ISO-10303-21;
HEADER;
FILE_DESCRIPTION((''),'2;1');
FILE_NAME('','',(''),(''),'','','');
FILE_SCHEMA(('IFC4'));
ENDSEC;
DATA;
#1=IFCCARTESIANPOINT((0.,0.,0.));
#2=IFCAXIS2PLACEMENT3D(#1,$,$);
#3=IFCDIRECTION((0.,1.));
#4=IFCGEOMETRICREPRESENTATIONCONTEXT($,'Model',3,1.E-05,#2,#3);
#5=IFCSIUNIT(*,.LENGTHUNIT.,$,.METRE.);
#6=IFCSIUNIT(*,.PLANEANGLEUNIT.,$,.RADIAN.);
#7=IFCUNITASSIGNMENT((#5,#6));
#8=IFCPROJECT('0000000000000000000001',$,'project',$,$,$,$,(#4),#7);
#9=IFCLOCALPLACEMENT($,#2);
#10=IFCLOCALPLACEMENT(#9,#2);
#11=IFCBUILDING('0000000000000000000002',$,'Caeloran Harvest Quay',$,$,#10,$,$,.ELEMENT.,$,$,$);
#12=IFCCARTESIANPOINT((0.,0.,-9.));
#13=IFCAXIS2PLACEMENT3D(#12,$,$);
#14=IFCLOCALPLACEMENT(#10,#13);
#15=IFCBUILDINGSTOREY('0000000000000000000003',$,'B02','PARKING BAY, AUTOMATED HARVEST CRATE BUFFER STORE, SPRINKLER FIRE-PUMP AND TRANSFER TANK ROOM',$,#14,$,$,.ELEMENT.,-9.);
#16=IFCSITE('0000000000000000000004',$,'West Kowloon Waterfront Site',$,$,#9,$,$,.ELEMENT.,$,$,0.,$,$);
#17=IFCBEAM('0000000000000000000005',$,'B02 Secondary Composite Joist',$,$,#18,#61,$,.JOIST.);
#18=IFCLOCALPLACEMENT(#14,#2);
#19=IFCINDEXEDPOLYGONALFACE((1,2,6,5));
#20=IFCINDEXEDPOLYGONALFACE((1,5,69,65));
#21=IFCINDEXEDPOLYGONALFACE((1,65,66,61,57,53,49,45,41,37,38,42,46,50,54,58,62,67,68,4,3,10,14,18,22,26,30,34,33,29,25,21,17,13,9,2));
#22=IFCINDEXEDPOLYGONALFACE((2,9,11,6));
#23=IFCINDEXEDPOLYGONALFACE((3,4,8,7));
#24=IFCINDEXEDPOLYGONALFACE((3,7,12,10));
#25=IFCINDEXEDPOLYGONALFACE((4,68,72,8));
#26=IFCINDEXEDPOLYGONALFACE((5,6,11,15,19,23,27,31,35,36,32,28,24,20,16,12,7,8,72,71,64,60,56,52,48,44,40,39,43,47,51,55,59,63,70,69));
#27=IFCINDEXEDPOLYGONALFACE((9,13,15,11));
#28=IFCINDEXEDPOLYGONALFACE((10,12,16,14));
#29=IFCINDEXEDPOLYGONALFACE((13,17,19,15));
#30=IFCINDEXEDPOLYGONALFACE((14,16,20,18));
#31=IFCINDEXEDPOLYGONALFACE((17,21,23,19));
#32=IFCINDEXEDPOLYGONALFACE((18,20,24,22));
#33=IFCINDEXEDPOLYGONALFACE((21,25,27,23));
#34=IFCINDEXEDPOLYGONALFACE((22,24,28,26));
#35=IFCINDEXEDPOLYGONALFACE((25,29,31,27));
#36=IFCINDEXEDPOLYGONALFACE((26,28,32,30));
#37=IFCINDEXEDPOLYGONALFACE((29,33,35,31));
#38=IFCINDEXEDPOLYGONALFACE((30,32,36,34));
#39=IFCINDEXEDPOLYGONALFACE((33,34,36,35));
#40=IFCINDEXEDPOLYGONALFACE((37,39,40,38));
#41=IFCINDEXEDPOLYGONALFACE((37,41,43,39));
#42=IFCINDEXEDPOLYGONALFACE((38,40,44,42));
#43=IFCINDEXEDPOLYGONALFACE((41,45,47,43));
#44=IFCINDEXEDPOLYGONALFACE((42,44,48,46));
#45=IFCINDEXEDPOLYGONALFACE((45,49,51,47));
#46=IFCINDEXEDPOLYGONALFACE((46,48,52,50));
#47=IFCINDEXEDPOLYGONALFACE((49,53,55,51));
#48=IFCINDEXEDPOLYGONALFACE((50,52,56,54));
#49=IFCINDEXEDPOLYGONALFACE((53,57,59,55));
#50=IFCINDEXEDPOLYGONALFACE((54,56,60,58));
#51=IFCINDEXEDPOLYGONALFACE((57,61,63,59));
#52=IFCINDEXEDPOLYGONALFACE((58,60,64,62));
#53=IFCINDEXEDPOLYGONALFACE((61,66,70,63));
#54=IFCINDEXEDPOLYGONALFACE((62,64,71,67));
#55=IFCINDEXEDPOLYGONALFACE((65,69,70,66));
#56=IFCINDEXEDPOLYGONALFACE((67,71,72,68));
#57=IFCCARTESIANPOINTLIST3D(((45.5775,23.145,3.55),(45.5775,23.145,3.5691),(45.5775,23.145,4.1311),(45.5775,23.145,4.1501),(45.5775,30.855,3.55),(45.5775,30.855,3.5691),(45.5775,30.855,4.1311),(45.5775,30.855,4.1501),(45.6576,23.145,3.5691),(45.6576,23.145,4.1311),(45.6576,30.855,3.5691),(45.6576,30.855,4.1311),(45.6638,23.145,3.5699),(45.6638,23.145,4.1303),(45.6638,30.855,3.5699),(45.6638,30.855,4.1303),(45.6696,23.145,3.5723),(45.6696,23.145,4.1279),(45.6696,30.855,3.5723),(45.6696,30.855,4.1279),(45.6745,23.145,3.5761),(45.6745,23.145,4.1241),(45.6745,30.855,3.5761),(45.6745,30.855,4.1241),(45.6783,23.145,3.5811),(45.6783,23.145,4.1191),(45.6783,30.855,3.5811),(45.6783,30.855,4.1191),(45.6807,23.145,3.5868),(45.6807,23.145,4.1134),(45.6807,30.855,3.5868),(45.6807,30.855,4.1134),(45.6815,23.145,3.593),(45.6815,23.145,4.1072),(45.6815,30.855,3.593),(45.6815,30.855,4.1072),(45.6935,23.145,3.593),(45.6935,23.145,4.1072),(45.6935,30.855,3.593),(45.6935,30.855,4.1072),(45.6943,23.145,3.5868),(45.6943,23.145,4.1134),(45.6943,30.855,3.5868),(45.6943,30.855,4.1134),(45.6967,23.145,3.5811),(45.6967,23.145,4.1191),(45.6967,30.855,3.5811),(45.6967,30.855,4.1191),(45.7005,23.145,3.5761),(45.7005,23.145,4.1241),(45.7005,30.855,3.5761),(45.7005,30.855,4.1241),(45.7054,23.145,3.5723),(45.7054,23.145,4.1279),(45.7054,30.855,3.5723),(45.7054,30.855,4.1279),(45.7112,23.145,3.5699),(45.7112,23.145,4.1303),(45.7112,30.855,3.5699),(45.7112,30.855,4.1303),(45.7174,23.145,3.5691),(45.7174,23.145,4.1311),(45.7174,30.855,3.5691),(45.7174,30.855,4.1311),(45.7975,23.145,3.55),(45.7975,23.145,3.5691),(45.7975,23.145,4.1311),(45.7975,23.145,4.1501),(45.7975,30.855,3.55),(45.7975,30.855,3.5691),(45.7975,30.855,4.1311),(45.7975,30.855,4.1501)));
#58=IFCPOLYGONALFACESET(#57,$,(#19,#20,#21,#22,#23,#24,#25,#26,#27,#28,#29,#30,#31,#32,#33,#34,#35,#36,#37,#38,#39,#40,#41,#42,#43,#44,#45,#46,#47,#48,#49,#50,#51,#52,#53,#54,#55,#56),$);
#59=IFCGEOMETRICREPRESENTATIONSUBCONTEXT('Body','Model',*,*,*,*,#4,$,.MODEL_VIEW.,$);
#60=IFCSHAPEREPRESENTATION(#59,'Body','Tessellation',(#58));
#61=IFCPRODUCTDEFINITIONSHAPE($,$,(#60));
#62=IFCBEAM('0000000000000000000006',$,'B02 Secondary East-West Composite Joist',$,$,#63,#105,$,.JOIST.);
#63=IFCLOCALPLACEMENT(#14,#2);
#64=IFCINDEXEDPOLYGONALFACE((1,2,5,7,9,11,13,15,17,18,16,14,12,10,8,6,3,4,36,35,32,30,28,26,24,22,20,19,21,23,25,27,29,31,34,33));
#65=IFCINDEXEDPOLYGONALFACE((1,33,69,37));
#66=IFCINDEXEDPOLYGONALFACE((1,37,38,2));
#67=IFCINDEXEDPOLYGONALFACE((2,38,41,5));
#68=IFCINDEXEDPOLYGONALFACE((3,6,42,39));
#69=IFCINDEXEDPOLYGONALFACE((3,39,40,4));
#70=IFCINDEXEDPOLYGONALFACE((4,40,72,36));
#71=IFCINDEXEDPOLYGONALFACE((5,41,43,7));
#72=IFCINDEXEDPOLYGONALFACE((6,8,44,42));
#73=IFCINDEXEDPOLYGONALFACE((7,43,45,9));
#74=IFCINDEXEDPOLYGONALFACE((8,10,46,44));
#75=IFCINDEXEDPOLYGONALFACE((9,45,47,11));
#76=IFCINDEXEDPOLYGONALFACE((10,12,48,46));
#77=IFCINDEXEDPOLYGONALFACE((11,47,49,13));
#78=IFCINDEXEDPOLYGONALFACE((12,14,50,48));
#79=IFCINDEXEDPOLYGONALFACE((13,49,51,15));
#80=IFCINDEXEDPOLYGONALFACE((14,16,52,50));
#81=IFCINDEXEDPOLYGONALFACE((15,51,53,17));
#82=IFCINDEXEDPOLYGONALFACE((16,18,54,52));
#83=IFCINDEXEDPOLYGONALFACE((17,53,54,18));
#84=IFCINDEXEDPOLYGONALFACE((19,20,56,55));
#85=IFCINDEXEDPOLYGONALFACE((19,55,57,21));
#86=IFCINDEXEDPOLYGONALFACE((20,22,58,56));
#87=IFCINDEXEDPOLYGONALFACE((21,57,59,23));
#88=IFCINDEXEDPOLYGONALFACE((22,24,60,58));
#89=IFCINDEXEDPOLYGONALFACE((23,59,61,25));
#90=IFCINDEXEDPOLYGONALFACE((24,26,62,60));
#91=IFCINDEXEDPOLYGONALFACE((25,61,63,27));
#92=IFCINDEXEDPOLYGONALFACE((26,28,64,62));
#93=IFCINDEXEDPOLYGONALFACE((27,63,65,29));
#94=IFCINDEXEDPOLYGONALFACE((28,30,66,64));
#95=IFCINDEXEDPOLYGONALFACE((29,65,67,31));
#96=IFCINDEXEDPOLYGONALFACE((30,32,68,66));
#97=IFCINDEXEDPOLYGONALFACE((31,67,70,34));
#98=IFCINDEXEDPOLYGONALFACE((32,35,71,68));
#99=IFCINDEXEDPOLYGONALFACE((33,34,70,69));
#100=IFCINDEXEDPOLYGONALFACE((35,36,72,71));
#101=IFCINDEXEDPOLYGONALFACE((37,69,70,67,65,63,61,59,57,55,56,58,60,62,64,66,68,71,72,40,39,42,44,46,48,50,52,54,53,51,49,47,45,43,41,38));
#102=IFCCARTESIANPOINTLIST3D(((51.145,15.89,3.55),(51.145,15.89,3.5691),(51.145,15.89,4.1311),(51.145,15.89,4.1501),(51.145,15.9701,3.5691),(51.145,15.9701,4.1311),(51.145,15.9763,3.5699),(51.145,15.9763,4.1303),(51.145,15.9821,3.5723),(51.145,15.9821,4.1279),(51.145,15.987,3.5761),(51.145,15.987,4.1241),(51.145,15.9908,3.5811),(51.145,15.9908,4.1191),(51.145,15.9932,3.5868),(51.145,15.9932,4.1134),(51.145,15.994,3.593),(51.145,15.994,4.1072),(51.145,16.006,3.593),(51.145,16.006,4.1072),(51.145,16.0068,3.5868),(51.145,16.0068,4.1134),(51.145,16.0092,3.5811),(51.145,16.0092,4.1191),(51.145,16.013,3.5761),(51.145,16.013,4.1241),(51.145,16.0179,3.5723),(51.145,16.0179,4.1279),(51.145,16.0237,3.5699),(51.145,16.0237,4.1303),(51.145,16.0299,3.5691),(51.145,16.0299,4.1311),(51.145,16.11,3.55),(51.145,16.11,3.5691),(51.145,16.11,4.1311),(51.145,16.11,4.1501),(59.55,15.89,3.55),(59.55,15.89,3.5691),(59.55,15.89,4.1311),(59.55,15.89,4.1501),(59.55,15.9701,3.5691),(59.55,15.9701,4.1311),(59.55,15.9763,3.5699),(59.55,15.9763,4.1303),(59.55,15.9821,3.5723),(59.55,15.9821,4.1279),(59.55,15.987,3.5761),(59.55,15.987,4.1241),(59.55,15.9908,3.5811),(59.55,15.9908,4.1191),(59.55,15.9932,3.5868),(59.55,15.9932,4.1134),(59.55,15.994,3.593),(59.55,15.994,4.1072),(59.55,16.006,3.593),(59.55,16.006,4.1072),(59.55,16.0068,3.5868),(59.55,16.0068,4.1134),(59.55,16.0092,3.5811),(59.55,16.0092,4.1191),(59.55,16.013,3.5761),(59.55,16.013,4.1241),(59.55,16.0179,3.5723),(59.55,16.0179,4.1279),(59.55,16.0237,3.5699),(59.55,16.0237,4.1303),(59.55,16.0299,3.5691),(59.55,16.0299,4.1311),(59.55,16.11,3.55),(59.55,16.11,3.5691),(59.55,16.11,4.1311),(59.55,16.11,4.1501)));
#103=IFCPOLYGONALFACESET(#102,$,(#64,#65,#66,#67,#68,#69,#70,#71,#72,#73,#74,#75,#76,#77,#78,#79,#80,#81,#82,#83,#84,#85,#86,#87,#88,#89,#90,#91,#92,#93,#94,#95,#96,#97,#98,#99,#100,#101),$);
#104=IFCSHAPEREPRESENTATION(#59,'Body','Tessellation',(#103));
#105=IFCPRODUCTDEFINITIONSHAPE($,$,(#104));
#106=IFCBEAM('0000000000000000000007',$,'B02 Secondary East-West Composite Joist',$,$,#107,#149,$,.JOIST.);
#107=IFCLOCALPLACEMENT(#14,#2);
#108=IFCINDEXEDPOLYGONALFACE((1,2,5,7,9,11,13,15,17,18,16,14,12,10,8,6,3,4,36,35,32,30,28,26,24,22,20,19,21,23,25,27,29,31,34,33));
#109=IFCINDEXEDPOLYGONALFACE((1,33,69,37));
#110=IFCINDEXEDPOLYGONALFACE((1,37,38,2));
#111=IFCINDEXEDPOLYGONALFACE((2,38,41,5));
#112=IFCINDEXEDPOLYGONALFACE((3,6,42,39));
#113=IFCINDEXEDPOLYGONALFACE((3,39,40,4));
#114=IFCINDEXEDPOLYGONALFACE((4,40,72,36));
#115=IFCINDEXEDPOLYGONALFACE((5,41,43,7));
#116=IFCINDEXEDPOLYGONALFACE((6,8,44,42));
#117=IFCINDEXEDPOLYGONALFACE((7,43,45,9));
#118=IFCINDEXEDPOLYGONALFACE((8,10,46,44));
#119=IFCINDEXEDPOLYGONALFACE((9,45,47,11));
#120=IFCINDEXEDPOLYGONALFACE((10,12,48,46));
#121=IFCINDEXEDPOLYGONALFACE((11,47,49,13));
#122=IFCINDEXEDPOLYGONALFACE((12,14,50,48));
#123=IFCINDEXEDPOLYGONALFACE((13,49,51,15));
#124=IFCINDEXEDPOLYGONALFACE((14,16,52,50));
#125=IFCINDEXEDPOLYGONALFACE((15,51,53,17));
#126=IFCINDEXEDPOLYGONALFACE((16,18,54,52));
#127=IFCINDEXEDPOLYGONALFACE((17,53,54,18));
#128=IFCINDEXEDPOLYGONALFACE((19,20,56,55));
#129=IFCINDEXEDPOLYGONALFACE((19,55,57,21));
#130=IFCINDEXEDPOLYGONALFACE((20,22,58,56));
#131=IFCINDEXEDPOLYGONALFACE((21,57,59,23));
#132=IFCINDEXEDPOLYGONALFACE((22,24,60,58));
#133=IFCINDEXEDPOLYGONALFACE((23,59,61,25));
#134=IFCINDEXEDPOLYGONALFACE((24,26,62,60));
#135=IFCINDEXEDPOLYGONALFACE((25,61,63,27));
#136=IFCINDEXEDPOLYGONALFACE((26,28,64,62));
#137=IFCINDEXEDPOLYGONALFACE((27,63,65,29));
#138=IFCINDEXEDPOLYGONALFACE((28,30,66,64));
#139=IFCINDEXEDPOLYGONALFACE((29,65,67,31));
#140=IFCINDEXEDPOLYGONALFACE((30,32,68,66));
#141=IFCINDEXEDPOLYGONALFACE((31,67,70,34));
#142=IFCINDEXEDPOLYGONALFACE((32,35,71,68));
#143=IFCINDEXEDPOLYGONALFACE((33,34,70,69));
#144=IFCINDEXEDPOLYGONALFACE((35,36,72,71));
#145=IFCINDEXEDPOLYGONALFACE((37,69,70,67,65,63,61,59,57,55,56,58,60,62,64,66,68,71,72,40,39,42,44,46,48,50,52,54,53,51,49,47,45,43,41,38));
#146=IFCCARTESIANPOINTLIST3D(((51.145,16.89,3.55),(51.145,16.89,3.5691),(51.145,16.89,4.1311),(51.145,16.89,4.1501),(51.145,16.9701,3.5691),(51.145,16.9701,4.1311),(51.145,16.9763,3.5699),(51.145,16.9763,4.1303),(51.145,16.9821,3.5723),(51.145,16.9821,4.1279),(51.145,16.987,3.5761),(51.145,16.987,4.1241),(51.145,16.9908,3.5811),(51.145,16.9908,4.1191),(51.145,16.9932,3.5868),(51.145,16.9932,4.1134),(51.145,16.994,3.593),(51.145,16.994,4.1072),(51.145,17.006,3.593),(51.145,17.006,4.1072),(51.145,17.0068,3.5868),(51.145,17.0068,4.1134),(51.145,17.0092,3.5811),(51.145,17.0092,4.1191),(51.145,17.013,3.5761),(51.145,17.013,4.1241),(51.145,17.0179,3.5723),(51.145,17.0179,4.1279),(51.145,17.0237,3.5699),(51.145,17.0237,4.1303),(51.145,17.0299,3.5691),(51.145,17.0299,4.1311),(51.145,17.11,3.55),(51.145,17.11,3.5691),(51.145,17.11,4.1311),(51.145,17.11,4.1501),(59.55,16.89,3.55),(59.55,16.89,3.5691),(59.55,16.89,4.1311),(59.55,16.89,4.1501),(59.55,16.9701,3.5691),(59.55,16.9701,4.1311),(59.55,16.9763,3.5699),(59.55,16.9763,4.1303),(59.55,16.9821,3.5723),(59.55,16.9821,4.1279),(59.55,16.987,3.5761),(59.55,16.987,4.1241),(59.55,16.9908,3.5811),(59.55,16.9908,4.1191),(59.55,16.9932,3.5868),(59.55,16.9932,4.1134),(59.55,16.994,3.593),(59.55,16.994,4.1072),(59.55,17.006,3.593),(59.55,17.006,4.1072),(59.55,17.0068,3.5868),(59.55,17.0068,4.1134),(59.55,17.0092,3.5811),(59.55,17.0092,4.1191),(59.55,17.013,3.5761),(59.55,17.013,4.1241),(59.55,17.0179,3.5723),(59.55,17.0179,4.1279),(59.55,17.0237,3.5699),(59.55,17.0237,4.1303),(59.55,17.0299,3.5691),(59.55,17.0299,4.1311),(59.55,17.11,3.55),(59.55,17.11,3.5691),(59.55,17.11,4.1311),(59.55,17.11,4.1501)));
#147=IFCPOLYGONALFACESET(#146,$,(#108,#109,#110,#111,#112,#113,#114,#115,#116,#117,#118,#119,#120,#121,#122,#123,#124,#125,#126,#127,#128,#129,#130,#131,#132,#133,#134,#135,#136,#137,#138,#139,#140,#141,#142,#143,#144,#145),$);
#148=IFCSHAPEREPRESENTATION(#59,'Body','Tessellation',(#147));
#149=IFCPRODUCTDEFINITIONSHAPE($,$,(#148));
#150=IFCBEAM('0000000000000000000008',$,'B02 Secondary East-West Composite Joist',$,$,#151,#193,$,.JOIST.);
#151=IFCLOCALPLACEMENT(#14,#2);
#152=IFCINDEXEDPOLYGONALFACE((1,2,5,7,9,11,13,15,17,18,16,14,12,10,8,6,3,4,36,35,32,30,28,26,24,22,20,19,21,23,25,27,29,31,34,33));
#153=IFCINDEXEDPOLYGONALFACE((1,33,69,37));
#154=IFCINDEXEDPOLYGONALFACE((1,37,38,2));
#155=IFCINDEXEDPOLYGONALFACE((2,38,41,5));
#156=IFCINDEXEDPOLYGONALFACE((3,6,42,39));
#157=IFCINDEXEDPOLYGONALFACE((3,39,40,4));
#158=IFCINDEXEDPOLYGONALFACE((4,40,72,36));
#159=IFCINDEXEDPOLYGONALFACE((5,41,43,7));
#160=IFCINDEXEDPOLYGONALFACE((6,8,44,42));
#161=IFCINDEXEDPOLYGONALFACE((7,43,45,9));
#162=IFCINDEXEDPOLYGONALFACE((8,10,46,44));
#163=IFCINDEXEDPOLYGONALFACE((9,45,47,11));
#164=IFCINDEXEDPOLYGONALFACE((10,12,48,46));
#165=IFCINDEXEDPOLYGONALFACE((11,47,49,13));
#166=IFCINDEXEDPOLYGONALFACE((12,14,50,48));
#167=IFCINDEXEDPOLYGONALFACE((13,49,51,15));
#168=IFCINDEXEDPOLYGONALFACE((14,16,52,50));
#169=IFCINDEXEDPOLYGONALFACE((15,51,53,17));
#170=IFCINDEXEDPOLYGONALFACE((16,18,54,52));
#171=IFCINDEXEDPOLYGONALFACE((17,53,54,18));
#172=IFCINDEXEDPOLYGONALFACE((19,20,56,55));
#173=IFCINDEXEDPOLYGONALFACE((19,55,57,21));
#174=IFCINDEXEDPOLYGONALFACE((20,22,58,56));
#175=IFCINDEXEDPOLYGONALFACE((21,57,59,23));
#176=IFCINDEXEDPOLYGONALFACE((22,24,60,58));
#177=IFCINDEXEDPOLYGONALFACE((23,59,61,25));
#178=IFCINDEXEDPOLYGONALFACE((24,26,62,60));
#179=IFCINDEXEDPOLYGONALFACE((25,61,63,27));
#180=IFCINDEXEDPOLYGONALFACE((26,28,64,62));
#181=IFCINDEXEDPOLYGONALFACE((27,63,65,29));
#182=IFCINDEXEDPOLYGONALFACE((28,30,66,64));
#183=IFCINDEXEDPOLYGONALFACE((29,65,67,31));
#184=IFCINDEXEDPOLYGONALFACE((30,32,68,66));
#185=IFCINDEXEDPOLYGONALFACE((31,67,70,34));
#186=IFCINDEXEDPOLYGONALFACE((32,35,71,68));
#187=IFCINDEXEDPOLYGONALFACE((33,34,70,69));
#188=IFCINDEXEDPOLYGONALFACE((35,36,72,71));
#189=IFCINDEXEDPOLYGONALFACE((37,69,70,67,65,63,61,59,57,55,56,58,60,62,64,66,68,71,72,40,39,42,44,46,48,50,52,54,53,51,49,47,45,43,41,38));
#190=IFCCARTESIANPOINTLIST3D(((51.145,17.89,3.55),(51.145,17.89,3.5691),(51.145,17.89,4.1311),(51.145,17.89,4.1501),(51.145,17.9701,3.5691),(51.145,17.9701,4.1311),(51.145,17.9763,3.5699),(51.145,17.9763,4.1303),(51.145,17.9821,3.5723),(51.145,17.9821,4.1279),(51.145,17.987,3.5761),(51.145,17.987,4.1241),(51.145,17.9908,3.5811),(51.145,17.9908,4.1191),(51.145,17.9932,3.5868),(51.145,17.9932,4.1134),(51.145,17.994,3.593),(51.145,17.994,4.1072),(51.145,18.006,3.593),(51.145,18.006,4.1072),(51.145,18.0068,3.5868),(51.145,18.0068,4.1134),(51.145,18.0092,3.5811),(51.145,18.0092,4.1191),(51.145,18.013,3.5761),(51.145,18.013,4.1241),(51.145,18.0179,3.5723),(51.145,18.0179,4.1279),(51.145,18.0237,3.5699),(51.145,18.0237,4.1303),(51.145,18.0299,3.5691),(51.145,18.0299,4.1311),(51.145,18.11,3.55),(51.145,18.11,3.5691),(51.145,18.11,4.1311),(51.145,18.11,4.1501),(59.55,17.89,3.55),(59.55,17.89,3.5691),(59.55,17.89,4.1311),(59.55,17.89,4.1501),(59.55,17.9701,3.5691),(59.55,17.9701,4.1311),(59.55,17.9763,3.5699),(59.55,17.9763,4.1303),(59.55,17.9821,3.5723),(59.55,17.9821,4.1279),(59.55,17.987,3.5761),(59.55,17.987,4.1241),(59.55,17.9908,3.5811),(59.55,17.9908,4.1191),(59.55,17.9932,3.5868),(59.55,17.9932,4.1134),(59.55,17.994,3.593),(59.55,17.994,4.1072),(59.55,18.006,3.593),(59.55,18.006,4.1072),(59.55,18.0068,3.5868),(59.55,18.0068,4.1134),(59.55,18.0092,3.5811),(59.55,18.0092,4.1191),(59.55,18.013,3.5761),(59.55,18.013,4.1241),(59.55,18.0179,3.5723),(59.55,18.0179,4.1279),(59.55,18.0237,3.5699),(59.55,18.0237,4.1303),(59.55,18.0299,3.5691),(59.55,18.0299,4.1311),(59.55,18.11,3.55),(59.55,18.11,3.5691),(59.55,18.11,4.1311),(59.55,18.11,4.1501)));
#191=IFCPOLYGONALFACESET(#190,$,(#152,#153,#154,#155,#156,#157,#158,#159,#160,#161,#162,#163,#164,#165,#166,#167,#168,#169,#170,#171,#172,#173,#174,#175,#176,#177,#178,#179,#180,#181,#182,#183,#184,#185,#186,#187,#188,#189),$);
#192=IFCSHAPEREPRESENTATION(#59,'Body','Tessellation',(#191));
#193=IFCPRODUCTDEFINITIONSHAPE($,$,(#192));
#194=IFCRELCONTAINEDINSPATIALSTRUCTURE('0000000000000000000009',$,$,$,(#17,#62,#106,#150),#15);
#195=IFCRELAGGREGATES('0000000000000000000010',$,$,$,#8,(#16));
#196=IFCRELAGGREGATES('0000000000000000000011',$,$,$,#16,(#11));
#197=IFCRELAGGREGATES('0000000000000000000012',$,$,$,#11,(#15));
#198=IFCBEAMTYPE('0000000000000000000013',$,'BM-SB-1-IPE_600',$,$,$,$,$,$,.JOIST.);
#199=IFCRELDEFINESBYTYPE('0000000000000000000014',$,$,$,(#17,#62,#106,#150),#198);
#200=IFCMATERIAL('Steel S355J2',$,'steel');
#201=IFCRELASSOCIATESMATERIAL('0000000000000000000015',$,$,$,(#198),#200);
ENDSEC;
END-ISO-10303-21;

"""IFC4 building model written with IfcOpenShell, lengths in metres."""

from ifc_helpers import new_model, si_unit, direction, frame, origin, origin_2d, place, context, subcontext, project, spatial, i_section, extrude, material, material_profile, profile_set, type_object, element, save


model = new_model("IFC4")

# Units and contexts
model_context = context("Model", 3, precision=1e-05, world=origin(), true_north=direction((0.0, 1.0)))
body_context = subcontext(model_context, "Body", "Model", "MODEL_VIEW")
ifc_project = project(units=[si_unit("LENGTHUNIT", "METRE"), si_unit("PLANEANGLEUNIT", "RADIAN")], contexts=[model_context])

# Site, building, storey
site_placement = place(None, origin())
site = spatial("IfcSite", under=ifc_project, at=site_placement, Name="West Kowloon Waterfront Site", CompositionType="ELEMENT", RefElevation=0.0)
building_placement = place(site_placement, origin())
building = spatial("IfcBuilding", under=site, at=building_placement, Name="Caeloran Harvest Quay", CompositionType="ELEMENT")
storey_placement = place(building_placement, frame((0.0, 0.0, -9.0)))
storey = spatial("IfcBuildingStorey", under=building, at=storey_placement, Name="B02", Description="PARKING BAY, AUTOMATED HARVEST CRATE BUFFER STORE, SPRINKLER FIRE-PUMP AND TRANSFER TANK ROOM", CompositionType="ELEMENT", Elevation=-9.0)

# Beams
ifc_material_1 = material(Name="Steel S355J2", Category="steel")
ifc_material_profile_1 = material_profile(ifc_material_1, i_section(OverallWidth=0.22, OverallDepth=0.6001, WebThickness=0.012, FlangeThickness=0.019, FilletRadius=0.0239, at=origin_2d()), Name="IPE 600")
ifc_profile_set_1 = profile_set([ifc_material_profile_1], Name="Steel S355J2")
beam_type_1 = type_object("IfcBeamType", Name="BM-SB-1-IPE_600", PredefinedType="JOIST", material=ifc_profile_set_1)
beam_1_placement = place(storey_placement, frame((45.6875, 23.145, 3.8501), z_axis=(0.0, 1.0, 0.0), x_axis=(-1.0, 0.0, 0.0)))
element("IfcBeam", 1, at=beam_1_placement, inside=storey, type_object=beam_type_1, Name="B02 Secondary Composite Joist", PredefinedType="JOIST", context=body_context, shape_type="SweptSolid", body=[
    extrude(i_section(OverallWidth=0.22, OverallDepth=0.6001, WebThickness=0.012, FlangeThickness=0.019, FilletRadius=0.0239, at=origin_2d()), origin(), (0.0, 0.0, 1.0), 7.71),
])
for number, where, z_axis, x_axis, name in (
    (2, (51.145, 16.0, 3.8501), (1.0, 0.0, 0.0), (0.0, 1.0, 0.0), "B02 Secondary East-West Composite Joist"),
    (3, (51.145, 17.0, 3.8501), (1.0, 0.0, 0.0), (0.0, 1.0, 0.0), "B02 Secondary East-West Composite Joist"),
    (4, (51.145, 18.0, 3.8501), (1.0, 0.0, 0.0), (0.0, 1.0, 0.0), "B02 Secondary East-West Composite Joist"),
):
    element("IfcBeam", number, at=place(storey_placement, frame(where, z_axis=z_axis, x_axis=x_axis)), inside=storey, type_object=beam_type_1, Name=name, PredefinedType="JOIST", context=body_context, shape_type="SweptSolid", body=[
        extrude(i_section(OverallWidth=0.22, OverallDepth=0.6001, WebThickness=0.012, FlangeThickness=0.019, FilletRadius=0.0239, at=origin_2d()), origin(), (0.0, 0.0, 1.0), 8.405),
    ])

save(model, "model.ifc")
